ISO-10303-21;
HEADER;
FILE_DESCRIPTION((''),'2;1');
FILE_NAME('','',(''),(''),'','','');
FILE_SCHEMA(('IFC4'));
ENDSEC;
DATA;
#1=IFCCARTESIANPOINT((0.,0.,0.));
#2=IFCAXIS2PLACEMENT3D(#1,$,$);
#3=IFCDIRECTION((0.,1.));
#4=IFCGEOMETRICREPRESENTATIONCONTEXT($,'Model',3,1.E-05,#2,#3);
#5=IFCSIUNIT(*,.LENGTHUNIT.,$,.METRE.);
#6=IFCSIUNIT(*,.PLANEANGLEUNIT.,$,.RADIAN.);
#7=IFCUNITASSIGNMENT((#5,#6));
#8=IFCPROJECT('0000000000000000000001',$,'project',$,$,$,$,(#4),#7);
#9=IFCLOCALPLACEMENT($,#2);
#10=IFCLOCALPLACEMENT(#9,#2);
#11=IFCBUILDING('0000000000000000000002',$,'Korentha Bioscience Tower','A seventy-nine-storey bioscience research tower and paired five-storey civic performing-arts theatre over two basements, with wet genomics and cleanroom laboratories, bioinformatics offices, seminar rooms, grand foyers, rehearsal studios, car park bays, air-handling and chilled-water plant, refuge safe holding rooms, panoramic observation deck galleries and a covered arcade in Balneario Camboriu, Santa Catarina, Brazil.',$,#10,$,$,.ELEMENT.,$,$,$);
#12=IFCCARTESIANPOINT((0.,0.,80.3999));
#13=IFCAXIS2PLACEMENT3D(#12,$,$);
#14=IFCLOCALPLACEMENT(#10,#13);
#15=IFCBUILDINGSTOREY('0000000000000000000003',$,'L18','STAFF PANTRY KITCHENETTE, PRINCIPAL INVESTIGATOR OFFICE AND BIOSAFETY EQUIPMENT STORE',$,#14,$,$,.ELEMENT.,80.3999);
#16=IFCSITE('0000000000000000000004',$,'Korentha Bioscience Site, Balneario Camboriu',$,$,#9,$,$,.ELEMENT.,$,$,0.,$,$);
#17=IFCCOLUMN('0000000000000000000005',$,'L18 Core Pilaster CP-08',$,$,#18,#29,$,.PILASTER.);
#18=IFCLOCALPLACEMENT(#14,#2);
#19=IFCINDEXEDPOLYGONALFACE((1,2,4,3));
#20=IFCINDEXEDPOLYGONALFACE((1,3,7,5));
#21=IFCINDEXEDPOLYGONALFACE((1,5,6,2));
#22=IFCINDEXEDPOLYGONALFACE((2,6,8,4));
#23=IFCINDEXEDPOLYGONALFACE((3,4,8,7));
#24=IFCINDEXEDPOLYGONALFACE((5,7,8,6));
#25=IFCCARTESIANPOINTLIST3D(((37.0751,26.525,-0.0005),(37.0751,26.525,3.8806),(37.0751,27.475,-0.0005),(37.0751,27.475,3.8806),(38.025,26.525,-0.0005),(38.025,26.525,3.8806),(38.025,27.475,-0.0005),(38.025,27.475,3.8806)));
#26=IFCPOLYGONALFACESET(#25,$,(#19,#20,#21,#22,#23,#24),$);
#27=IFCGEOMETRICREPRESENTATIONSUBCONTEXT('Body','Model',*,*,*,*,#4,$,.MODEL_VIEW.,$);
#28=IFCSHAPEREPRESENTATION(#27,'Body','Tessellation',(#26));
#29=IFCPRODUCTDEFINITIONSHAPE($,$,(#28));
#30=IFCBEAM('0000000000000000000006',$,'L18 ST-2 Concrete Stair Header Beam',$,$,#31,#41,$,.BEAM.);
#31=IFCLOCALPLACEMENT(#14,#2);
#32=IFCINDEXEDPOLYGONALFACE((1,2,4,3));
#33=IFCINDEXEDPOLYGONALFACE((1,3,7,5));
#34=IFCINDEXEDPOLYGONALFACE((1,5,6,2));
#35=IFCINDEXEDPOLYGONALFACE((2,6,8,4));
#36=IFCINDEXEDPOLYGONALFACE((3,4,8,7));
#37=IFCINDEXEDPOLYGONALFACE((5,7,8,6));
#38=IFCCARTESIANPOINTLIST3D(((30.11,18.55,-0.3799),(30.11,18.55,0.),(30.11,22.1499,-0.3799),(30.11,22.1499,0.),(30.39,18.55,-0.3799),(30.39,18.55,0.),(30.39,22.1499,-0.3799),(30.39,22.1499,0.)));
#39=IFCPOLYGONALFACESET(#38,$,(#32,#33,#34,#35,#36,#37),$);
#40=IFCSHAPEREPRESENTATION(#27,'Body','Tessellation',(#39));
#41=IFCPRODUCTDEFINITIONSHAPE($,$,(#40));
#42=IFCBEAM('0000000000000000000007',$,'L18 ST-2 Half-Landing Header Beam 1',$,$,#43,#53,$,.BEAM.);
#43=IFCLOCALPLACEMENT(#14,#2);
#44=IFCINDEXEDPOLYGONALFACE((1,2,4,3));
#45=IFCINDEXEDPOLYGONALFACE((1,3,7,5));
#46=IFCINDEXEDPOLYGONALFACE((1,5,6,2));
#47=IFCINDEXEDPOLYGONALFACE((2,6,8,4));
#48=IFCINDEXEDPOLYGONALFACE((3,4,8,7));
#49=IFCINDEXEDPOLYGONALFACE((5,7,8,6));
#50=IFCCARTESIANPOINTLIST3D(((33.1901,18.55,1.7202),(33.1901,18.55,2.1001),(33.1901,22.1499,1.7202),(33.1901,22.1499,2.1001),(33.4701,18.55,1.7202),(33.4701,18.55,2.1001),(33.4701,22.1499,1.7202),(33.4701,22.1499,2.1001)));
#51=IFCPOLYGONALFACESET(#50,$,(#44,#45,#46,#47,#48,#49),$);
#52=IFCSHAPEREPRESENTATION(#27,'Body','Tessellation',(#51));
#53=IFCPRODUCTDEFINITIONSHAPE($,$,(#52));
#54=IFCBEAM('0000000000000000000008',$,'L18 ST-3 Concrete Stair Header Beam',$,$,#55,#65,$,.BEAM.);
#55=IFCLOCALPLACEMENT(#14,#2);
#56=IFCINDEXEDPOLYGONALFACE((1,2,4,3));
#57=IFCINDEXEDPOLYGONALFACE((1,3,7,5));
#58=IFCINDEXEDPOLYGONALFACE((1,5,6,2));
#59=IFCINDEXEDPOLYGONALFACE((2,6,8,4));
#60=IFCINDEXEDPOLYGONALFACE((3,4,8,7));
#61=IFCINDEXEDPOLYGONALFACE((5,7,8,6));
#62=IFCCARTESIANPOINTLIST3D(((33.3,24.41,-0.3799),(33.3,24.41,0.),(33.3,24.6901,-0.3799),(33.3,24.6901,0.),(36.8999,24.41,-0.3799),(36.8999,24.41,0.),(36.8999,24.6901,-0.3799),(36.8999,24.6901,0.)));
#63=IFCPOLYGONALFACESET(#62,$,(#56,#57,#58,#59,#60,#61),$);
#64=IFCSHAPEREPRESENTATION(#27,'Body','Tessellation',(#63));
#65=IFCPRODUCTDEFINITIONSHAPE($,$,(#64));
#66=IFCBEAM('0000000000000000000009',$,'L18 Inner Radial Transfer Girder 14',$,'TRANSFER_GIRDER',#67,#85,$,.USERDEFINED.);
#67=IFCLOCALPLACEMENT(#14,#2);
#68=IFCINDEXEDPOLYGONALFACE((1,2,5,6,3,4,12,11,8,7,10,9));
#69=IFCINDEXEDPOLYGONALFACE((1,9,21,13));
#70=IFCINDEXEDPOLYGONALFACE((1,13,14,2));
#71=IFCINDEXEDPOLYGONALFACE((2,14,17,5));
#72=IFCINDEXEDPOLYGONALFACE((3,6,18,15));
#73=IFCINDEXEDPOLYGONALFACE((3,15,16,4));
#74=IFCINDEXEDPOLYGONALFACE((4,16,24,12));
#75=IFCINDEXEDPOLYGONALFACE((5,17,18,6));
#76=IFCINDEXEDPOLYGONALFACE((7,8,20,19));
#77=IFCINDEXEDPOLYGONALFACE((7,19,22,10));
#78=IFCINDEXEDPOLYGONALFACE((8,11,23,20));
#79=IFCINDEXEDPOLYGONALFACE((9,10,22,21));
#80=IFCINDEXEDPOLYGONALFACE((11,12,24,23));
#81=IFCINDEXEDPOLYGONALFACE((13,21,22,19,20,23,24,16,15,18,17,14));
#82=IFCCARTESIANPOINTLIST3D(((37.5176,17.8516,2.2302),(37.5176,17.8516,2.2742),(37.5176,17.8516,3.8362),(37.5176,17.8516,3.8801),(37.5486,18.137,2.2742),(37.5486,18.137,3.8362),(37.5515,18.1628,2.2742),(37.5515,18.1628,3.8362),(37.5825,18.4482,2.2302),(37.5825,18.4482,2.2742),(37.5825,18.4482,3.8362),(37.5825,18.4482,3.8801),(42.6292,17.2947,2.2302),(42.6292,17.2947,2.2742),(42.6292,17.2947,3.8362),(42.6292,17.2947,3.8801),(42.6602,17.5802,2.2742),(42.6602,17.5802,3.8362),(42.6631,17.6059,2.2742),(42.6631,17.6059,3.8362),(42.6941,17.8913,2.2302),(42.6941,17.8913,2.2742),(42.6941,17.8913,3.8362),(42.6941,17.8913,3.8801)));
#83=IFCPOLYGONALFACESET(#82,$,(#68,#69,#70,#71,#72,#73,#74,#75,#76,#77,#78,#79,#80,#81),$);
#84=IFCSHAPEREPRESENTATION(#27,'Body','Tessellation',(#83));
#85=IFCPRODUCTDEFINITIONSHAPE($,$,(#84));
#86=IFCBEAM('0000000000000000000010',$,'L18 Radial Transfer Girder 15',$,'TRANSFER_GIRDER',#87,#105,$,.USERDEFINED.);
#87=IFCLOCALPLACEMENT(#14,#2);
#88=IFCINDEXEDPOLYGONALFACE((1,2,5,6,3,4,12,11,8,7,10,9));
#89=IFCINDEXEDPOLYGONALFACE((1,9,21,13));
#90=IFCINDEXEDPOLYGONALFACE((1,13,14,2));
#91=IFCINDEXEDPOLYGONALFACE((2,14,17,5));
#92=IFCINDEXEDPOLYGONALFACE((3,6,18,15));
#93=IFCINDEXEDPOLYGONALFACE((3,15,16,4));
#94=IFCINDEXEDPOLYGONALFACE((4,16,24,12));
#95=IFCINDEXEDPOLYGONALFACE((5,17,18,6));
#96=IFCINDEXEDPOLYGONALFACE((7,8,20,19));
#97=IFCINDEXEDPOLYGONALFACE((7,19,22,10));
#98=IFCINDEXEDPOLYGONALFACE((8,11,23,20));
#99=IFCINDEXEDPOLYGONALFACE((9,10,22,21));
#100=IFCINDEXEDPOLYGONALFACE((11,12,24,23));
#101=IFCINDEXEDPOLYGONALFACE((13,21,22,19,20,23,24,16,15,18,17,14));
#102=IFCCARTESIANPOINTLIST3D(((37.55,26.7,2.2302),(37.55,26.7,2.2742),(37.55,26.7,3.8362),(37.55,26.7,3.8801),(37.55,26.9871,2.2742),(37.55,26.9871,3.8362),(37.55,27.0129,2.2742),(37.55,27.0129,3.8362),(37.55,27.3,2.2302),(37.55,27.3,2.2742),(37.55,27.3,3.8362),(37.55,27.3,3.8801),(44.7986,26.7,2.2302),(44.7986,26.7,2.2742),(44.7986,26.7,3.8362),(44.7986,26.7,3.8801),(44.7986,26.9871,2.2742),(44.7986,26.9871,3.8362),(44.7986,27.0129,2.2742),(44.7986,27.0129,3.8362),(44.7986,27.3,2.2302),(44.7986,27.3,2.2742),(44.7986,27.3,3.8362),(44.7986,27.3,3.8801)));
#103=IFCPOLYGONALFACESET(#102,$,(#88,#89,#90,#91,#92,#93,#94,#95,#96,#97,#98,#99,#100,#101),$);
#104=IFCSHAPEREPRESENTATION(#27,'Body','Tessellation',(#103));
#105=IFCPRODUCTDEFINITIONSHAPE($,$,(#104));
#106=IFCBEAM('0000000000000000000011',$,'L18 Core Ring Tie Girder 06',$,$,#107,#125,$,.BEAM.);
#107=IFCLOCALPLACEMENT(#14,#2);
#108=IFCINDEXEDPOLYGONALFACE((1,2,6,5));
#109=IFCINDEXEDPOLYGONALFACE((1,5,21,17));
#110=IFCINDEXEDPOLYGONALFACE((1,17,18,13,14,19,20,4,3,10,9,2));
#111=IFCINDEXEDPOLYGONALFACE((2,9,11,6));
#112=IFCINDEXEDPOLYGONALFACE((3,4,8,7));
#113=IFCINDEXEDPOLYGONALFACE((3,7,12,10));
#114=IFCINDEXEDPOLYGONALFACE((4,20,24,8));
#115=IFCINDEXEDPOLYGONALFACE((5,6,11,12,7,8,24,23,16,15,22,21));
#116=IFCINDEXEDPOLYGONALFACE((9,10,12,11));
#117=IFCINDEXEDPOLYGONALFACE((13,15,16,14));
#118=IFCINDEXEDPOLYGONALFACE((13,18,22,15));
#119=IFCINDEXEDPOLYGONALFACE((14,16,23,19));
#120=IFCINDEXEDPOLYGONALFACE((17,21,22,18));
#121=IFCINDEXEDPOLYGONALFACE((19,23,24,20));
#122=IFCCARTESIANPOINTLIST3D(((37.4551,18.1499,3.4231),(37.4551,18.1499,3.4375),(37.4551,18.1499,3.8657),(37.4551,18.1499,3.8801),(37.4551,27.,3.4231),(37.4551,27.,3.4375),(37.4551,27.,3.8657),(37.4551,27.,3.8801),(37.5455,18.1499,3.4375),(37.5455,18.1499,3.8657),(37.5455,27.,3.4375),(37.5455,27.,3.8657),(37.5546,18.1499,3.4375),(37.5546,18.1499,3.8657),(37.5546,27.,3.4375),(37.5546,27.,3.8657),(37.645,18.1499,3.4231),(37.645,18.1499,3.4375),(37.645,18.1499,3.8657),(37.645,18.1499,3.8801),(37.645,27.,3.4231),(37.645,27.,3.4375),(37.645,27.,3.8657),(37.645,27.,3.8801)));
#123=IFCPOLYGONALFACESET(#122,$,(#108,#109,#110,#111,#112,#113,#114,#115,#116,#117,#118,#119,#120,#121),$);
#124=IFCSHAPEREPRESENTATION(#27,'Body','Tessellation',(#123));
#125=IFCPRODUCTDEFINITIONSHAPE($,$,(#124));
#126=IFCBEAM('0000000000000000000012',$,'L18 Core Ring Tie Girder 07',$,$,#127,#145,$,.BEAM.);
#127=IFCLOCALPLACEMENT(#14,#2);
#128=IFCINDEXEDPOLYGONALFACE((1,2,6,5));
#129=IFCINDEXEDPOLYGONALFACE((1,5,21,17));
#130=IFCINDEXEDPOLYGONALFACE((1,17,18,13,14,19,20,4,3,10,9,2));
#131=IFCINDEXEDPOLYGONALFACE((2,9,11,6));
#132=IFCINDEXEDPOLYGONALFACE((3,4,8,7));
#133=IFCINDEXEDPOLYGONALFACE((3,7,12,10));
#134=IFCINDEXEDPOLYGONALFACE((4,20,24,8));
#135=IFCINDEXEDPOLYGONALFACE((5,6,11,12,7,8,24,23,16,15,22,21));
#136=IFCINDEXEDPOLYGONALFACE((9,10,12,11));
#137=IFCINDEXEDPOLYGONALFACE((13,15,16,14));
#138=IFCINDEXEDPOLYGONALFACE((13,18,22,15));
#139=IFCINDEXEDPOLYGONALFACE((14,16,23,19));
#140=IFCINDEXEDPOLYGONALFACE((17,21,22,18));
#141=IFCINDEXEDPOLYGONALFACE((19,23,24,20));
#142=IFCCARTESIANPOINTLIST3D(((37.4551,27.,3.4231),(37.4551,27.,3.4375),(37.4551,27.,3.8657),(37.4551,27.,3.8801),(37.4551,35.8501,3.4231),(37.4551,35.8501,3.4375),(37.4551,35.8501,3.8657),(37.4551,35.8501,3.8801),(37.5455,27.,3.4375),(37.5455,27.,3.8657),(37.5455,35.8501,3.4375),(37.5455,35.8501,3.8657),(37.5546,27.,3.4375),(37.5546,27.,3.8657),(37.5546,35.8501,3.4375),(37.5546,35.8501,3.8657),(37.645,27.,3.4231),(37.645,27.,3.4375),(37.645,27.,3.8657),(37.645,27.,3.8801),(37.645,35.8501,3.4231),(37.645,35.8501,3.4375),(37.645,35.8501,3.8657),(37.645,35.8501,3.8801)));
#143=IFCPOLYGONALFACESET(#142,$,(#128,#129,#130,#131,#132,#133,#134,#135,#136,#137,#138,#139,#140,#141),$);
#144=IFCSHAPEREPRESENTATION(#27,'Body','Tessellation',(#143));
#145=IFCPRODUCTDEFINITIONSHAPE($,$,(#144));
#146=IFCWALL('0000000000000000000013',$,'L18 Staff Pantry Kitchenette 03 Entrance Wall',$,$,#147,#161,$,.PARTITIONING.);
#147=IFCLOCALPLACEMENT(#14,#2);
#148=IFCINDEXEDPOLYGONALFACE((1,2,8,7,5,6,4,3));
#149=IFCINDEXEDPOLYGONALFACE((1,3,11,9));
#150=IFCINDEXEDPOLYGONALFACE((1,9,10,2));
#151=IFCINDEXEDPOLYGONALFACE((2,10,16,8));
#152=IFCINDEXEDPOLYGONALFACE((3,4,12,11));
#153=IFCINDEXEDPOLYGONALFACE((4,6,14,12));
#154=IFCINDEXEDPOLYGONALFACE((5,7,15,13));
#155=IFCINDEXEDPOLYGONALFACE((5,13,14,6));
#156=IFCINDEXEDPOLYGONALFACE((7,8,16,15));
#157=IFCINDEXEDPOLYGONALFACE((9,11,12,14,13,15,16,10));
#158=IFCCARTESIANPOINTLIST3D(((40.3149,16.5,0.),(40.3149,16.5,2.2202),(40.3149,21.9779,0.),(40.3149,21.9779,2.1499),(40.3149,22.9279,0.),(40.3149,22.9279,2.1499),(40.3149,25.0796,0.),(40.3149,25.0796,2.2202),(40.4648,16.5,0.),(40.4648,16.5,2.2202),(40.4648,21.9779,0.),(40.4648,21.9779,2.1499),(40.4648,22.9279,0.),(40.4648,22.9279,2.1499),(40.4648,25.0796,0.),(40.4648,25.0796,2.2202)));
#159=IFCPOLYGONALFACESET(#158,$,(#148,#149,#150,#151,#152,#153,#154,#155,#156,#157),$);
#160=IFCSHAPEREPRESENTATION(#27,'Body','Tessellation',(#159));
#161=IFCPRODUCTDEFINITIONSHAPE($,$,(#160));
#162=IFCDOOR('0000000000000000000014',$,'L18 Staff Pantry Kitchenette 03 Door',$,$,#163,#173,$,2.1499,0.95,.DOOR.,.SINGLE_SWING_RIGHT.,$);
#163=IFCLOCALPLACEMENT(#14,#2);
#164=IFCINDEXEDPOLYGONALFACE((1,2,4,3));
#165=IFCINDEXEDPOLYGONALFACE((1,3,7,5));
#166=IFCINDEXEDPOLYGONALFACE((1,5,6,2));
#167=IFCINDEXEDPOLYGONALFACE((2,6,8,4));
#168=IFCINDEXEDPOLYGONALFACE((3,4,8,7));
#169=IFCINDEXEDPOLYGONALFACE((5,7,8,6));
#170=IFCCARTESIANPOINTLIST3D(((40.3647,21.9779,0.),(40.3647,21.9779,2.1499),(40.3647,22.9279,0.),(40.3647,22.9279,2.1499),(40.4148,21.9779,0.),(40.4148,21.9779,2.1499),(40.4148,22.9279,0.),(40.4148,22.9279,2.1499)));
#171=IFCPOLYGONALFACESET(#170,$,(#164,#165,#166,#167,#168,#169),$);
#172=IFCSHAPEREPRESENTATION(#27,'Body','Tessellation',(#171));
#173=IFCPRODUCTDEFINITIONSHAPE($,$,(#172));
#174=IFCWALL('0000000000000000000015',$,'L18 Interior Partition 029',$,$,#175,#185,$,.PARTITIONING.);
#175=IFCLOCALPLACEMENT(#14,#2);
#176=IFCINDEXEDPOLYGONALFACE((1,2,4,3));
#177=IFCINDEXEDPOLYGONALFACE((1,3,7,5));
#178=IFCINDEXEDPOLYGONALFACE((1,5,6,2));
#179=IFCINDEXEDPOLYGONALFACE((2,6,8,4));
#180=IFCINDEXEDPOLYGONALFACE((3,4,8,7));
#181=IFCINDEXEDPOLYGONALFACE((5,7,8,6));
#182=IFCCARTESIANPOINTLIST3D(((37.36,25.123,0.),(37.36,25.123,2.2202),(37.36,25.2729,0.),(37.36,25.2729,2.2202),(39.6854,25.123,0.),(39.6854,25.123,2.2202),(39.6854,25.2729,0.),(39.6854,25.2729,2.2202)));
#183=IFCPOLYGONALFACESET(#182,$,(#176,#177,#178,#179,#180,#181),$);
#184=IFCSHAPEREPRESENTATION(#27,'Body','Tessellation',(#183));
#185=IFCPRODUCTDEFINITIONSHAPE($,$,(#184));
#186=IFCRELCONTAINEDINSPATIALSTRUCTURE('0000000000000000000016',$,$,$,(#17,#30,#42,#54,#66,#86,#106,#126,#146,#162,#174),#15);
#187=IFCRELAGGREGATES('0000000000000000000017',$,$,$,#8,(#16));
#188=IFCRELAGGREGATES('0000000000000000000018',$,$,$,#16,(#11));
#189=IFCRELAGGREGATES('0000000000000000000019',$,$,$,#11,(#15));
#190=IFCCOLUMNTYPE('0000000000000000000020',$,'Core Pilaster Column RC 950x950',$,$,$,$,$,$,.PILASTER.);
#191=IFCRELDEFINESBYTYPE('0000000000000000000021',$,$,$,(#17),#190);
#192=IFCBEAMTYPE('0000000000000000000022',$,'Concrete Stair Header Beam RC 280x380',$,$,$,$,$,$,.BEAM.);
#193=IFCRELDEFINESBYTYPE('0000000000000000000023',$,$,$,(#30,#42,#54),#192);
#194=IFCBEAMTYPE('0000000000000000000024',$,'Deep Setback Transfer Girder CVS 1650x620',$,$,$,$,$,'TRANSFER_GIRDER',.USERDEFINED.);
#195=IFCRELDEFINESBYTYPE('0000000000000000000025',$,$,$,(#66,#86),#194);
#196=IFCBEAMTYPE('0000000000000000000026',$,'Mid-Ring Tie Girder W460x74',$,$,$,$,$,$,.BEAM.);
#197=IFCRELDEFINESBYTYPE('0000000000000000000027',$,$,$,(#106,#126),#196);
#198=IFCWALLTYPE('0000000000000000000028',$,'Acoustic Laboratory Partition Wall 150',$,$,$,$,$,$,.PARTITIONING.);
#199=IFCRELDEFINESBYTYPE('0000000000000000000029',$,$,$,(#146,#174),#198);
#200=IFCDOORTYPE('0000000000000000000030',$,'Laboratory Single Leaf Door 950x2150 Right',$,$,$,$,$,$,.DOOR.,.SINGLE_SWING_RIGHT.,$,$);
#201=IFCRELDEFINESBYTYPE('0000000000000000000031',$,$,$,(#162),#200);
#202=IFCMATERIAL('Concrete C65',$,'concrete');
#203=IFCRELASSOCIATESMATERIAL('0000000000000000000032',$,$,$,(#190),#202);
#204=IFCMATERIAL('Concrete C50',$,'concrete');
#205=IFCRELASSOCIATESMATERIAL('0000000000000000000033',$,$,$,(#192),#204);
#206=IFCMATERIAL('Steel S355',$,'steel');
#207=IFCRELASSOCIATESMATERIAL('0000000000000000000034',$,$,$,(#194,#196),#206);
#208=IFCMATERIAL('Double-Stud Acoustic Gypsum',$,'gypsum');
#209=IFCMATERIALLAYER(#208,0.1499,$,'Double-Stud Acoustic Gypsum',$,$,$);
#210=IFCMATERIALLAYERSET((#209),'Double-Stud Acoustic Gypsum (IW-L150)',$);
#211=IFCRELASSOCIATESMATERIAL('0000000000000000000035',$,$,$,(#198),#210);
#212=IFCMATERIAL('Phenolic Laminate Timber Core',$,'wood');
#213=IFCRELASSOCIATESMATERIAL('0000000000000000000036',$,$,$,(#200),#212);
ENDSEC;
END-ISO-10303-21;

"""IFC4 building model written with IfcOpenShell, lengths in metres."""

from ifc_helpers import new_model, si_unit, direction, frame, frame_2d, origin, origin_2d, place, context, subcontext, project, spatial, rectangle, i_section, extrude, material, layer, layer_set, material_profile, profile_set, type_object, element, fill, save


model = new_model("IFC4")

# Units and contexts
model_context = context("Model", 3, precision=1e-05, world=origin(), true_north=direction((0.0, 1.0)))
body_context = subcontext(model_context, "Body", "Model", "MODEL_VIEW")
ifc_project = project(units=[si_unit("LENGTHUNIT", "METRE"), si_unit("PLANEANGLEUNIT", "RADIAN")], contexts=[model_context])

# Site, building, storey
site_placement = place(None, origin())
site = spatial("IfcSite", under=ifc_project, at=site_placement, Name="Korentha Bioscience Site, Balneario Camboriu", CompositionType="ELEMENT", RefElevation=0.0)
building_placement = place(site_placement, origin())
building = spatial("IfcBuilding", under=site, at=building_placement, Name="Korentha Bioscience Tower", Description="A seventy-nine-storey bioscience research tower and paired five-storey civic performing-arts theatre over two basements, with wet genomics and cleanroom laboratories, bioinformatics offices, seminar rooms, grand foyers, rehearsal studios, car park bays, air-handling and chilled-water plant, refuge safe holding rooms, panoramic observation deck galleries and a covered arcade in Balneario Camboriu, Santa Catarina, Brazil.", CompositionType="ELEMENT")
storey_placement = place(building_placement, frame((0.0, 0.0, 80.3999)))
storey = spatial("IfcBuildingStorey", under=building, at=storey_placement, Name="L18", Description="STAFF PANTRY KITCHENETTE, PRINCIPAL INVESTIGATOR OFFICE AND BIOSAFETY EQUIPMENT STORE", CompositionType="ELEMENT", Elevation=80.3999)

# Column
ifc_material_1 = material(Name="Concrete C65", Category="concrete")
ifc_material_profile_1 = material_profile(ifc_material_1, rectangle(XDim=0.95, YDim=0.95, at=origin_2d()), Name="Concrete C65")
ifc_profile_set_1 = profile_set([ifc_material_profile_1], Name="Concrete C65 (COL-CP09)")
column_type = type_object("IfcColumnType", Name="Core Pilaster Column RC 950x950", PredefinedType="PILASTER", material=ifc_profile_set_1)
column_placement = place(storey_placement, frame((37.55, 27.0, -0.0005), z_axis=(0.0, 0.0, 1.0), x_axis=(1.0, 0.0, 0.0)))
element("IfcColumn", 1, at=column_placement, inside=storey, type_object=column_type, Name="L18 Core Pilaster CP-08", PredefinedType="PILASTER", context=body_context, shape_type="SweptSolid", body=[
    extrude(rectangle(XDim=0.95, YDim=0.95, at=origin_2d()), origin(), (0.0, 0.0, 1.0), 3.8811),
])

# Beams
ifc_material_2 = material(Name="Concrete C50", Category="concrete")
ifc_material_profile_2 = material_profile(ifc_material_2, rectangle(XDim=0.28, YDim=0.3799, at=origin_2d()), Name="Concrete C50")
ifc_profile_set_2 = profile_set([ifc_material_profile_2], Name="Concrete C50 (ST-HB380)")
beam_type_1 = type_object("IfcBeamType", Name="Concrete Stair Header Beam RC 280x380", PredefinedType="BEAM", material=ifc_profile_set_2)
for number, where, z_axis, x_axis, name in (
    (2, (30.25, 18.55, -0.1899), (0.0, 1.0, 0.0), (-1.0, 0.0, 0.0), "L18 ST-2 Concrete Stair Header Beam"),
    (3, (33.3301, 18.55, 1.9102), (0.0, 1.0, 0.0), (-1.0, 0.0, 0.0), "L18 ST-2 Half-Landing Header Beam 1"),
    (4, (36.8999, 24.55, -0.1899), (-1.0, 0.0, 0.0), (0.0, -1.0, 0.0), "L18 ST-3 Concrete Stair Header Beam"),
):
    element("IfcBeam", number, at=place(storey_placement, frame(where, z_axis=z_axis, x_axis=x_axis)), inside=storey, type_object=beam_type_1, Name=name, PredefinedType="BEAM", context=body_context, shape_type="SweptSolid", body=[
        extrude(rectangle(XDim=0.28, YDim=0.3799, at=origin_2d()), origin(), (0.0, 0.0, 1.0), 3.5999),
    ])
ifc_material_3 = material(Name="Steel S355", Category="steel")
ifc_material_profile_3 = material_profile(ifc_material_3, i_section(OverallWidth=0.6001, OverallDepth=1.6499, WebThickness=0.0259, FlangeThickness=0.0439, at=origin_2d()), Name="Steel S355")
ifc_profile_set_3 = profile_set([ifc_material_profile_3], Name="Steel S355 (TG-04)")
beam_type_2 = type_object("IfcBeamType", Name="Deep Setback Transfer Girder CVS 1650x620", ElementType="TRANSFER_GIRDER", PredefinedType="USERDEFINED", material=ifc_profile_set_3)
beam_1_placement = place(storey_placement, frame((37.55, 18.1499, 3.0552), z_axis=(0.994118, -0.108305, 0.0), x_axis=(0.108305, 0.994118, 0.0)))
element("IfcBeam", 5, at=beam_1_placement, inside=storey, type_object=beam_type_2, Name="L18 Inner Radial Transfer Girder 14", ObjectType="TRANSFER_GIRDER", PredefinedType="USERDEFINED", context=body_context, shape_type="SweptSolid", body=[
    extrude(i_section(OverallWidth=0.6001, OverallDepth=1.6499, WebThickness=0.0259, FlangeThickness=0.0439, at=origin_2d()), origin(), (0.0, 0.0, 1.0), 5.1418),
])
beam_2_placement = place(storey_placement, frame((37.55, 27.0, 3.0552), z_axis=(1.0, 0.0, 0.0), x_axis=(0.0, 1.0, 0.0)))
element("IfcBeam", 6, at=beam_2_placement, inside=storey, type_object=beam_type_2, Name="L18 Radial Transfer Girder 15", ObjectType="TRANSFER_GIRDER", PredefinedType="USERDEFINED", context=body_context, shape_type="SweptSolid", body=[
    extrude(i_section(OverallWidth=0.6001, OverallDepth=1.6499, WebThickness=0.0259, FlangeThickness=0.0439, at=origin_2d()), origin(), (0.0, 0.0, 1.0), 7.2485),
])
ifc_material_profile_4 = material_profile(ifc_material_3, i_section(OverallWidth=0.1899, OverallDepth=0.457, WebThickness=0.009, FlangeThickness=0.0144, at=origin_2d()), Name="Steel S355")
ifc_profile_set_4 = profile_set([ifc_material_profile_4], Name="Steel S355 (MB-460)")
beam_type_3 = type_object("IfcBeamType", Name="Mid-Ring Tie Girder W460x74", PredefinedType="BEAM", material=ifc_profile_set_4)
for number, where, z_axis, x_axis, name in (
    (7, (37.55, 18.1499, 3.6516), (0.0, 1.0, 0.0), (-1.0, 0.0, 0.0), "L18 Core Ring Tie Girder 06"),
    (8, (37.55, 27.0, 3.6516), (0.0, 1.0, 0.0), (-1.0, 0.0, 0.0), "L18 Core Ring Tie Girder 07"),
):
    element("IfcBeam", number, at=place(storey_placement, frame(where, z_axis=z_axis, x_axis=x_axis)), inside=storey, type_object=beam_type_3, Name=name, PredefinedType="BEAM", context=body_context, shape_type="SweptSolid", body=[
        extrude(i_section(OverallWidth=0.1899, OverallDepth=0.457, WebThickness=0.009, FlangeThickness=0.0144, at=origin_2d()), origin(), (0.0, 0.0, 1.0), 8.8501),
    ])

# Wall, opening, door
ifc_material_4 = material(Name="Double-Stud Acoustic Gypsum", Category="gypsum")
ifc_layer_1 = layer(ifc_material_4, 0.1499, Name="Double-Stud Acoustic Gypsum")
ifc_layer_set_1 = layer_set([ifc_layer_1], Name="Double-Stud Acoustic Gypsum (IW-L150)")
wall_type_1 = type_object("IfcWallType", Name="Acoustic Laboratory Partition Wall 150", PredefinedType="PARTITIONING", material=ifc_layer_set_1)
wall_1_placement = place(storey_placement, frame((40.3899, 25.0796, 0.0), z_axis=(0.0, 0.0, 1.0), x_axis=(0.0, -1.0, 0.0)))
wall_1 = element("IfcWall", 9, at=wall_1_placement, inside=storey, type_object=wall_type_1, Name="L18 Staff Pantry Kitchenette 03 Entrance Wall", PredefinedType="PARTITIONING", context=body_context, shape_type="SweptSolid", body=[
    extrude(rectangle(XDim=8.5796, YDim=0.1499, at=frame_2d((4.2898, 0.0))), origin(), (0.0, 0.0, 1.0), 2.2202),
])
opening_1_placement = place(wall_1_placement, frame((2.1516, 0.0, 0.0)))
opening_1 = element("IfcOpeningElement", 10, at=opening_1_placement, cuts=wall_1, PredefinedType="OPENING", context=body_context, shape_type="SweptSolid", body=[
    extrude(rectangle(XDim=0.95, YDim=2.1499, at=frame_2d((0.4751, 1.075))), frame((0.0, 0.0898, 0.0), z_axis=(0.0, -1.0, 0.0), x_axis=(1.0, 0.0, 0.0)), (0.0, 0.0, 1.0), 0.1797),
])
ifc_material_5 = material(Name="Phenolic Laminate Timber Core", Category="wood")
door_type_1 = type_object("IfcDoorType", Name="Laboratory Single Leaf Door 950x2150 Right", OperationType="SINGLE_SWING_RIGHT", PredefinedType="DOOR", material=ifc_material_5)
door_1_placement = place(opening_1_placement, origin())
door_1 = element("IfcDoor", 11, at=door_1_placement, inside=storey, type_object=door_type_1, Name="L18 Staff Pantry Kitchenette 03 Door", OperationType="SINGLE_SWING_RIGHT", OverallHeight=2.1499, OverallWidth=0.95, PredefinedType="DOOR", context=body_context, shape_type="SweptSolid", body=[
    extrude(rectangle(XDim=0.95, YDim=2.1499, at=frame_2d((0.4751, 1.075))), frame((0.0, 0.0249, 0.0), z_axis=(0.0, -1.0, 0.0), x_axis=(1.0, 0.0, 0.0)), (0.0, 0.0, 1.0), 0.05),
])
fill(opening_1, door_1)

# Wall
wall_2_placement = place(storey_placement, frame((37.3601, 25.198, 0.0), z_axis=(0.0, 0.0, 1.0), x_axis=(1.0, 0.0, 0.0)))
element("IfcWall", 12, at=wall_2_placement, inside=storey, type_object=wall_type_1, Name="L18 Interior Partition 029", PredefinedType="PARTITIONING", context=body_context, shape_type="SweptSolid", body=[
    extrude(rectangle(XDim=2.3254, YDim=0.1499, at=frame_2d((1.1626, 0.0))), origin(), (0.0, 0.0, 1.0), 2.2202),
])

save(model, "model.ifc")
